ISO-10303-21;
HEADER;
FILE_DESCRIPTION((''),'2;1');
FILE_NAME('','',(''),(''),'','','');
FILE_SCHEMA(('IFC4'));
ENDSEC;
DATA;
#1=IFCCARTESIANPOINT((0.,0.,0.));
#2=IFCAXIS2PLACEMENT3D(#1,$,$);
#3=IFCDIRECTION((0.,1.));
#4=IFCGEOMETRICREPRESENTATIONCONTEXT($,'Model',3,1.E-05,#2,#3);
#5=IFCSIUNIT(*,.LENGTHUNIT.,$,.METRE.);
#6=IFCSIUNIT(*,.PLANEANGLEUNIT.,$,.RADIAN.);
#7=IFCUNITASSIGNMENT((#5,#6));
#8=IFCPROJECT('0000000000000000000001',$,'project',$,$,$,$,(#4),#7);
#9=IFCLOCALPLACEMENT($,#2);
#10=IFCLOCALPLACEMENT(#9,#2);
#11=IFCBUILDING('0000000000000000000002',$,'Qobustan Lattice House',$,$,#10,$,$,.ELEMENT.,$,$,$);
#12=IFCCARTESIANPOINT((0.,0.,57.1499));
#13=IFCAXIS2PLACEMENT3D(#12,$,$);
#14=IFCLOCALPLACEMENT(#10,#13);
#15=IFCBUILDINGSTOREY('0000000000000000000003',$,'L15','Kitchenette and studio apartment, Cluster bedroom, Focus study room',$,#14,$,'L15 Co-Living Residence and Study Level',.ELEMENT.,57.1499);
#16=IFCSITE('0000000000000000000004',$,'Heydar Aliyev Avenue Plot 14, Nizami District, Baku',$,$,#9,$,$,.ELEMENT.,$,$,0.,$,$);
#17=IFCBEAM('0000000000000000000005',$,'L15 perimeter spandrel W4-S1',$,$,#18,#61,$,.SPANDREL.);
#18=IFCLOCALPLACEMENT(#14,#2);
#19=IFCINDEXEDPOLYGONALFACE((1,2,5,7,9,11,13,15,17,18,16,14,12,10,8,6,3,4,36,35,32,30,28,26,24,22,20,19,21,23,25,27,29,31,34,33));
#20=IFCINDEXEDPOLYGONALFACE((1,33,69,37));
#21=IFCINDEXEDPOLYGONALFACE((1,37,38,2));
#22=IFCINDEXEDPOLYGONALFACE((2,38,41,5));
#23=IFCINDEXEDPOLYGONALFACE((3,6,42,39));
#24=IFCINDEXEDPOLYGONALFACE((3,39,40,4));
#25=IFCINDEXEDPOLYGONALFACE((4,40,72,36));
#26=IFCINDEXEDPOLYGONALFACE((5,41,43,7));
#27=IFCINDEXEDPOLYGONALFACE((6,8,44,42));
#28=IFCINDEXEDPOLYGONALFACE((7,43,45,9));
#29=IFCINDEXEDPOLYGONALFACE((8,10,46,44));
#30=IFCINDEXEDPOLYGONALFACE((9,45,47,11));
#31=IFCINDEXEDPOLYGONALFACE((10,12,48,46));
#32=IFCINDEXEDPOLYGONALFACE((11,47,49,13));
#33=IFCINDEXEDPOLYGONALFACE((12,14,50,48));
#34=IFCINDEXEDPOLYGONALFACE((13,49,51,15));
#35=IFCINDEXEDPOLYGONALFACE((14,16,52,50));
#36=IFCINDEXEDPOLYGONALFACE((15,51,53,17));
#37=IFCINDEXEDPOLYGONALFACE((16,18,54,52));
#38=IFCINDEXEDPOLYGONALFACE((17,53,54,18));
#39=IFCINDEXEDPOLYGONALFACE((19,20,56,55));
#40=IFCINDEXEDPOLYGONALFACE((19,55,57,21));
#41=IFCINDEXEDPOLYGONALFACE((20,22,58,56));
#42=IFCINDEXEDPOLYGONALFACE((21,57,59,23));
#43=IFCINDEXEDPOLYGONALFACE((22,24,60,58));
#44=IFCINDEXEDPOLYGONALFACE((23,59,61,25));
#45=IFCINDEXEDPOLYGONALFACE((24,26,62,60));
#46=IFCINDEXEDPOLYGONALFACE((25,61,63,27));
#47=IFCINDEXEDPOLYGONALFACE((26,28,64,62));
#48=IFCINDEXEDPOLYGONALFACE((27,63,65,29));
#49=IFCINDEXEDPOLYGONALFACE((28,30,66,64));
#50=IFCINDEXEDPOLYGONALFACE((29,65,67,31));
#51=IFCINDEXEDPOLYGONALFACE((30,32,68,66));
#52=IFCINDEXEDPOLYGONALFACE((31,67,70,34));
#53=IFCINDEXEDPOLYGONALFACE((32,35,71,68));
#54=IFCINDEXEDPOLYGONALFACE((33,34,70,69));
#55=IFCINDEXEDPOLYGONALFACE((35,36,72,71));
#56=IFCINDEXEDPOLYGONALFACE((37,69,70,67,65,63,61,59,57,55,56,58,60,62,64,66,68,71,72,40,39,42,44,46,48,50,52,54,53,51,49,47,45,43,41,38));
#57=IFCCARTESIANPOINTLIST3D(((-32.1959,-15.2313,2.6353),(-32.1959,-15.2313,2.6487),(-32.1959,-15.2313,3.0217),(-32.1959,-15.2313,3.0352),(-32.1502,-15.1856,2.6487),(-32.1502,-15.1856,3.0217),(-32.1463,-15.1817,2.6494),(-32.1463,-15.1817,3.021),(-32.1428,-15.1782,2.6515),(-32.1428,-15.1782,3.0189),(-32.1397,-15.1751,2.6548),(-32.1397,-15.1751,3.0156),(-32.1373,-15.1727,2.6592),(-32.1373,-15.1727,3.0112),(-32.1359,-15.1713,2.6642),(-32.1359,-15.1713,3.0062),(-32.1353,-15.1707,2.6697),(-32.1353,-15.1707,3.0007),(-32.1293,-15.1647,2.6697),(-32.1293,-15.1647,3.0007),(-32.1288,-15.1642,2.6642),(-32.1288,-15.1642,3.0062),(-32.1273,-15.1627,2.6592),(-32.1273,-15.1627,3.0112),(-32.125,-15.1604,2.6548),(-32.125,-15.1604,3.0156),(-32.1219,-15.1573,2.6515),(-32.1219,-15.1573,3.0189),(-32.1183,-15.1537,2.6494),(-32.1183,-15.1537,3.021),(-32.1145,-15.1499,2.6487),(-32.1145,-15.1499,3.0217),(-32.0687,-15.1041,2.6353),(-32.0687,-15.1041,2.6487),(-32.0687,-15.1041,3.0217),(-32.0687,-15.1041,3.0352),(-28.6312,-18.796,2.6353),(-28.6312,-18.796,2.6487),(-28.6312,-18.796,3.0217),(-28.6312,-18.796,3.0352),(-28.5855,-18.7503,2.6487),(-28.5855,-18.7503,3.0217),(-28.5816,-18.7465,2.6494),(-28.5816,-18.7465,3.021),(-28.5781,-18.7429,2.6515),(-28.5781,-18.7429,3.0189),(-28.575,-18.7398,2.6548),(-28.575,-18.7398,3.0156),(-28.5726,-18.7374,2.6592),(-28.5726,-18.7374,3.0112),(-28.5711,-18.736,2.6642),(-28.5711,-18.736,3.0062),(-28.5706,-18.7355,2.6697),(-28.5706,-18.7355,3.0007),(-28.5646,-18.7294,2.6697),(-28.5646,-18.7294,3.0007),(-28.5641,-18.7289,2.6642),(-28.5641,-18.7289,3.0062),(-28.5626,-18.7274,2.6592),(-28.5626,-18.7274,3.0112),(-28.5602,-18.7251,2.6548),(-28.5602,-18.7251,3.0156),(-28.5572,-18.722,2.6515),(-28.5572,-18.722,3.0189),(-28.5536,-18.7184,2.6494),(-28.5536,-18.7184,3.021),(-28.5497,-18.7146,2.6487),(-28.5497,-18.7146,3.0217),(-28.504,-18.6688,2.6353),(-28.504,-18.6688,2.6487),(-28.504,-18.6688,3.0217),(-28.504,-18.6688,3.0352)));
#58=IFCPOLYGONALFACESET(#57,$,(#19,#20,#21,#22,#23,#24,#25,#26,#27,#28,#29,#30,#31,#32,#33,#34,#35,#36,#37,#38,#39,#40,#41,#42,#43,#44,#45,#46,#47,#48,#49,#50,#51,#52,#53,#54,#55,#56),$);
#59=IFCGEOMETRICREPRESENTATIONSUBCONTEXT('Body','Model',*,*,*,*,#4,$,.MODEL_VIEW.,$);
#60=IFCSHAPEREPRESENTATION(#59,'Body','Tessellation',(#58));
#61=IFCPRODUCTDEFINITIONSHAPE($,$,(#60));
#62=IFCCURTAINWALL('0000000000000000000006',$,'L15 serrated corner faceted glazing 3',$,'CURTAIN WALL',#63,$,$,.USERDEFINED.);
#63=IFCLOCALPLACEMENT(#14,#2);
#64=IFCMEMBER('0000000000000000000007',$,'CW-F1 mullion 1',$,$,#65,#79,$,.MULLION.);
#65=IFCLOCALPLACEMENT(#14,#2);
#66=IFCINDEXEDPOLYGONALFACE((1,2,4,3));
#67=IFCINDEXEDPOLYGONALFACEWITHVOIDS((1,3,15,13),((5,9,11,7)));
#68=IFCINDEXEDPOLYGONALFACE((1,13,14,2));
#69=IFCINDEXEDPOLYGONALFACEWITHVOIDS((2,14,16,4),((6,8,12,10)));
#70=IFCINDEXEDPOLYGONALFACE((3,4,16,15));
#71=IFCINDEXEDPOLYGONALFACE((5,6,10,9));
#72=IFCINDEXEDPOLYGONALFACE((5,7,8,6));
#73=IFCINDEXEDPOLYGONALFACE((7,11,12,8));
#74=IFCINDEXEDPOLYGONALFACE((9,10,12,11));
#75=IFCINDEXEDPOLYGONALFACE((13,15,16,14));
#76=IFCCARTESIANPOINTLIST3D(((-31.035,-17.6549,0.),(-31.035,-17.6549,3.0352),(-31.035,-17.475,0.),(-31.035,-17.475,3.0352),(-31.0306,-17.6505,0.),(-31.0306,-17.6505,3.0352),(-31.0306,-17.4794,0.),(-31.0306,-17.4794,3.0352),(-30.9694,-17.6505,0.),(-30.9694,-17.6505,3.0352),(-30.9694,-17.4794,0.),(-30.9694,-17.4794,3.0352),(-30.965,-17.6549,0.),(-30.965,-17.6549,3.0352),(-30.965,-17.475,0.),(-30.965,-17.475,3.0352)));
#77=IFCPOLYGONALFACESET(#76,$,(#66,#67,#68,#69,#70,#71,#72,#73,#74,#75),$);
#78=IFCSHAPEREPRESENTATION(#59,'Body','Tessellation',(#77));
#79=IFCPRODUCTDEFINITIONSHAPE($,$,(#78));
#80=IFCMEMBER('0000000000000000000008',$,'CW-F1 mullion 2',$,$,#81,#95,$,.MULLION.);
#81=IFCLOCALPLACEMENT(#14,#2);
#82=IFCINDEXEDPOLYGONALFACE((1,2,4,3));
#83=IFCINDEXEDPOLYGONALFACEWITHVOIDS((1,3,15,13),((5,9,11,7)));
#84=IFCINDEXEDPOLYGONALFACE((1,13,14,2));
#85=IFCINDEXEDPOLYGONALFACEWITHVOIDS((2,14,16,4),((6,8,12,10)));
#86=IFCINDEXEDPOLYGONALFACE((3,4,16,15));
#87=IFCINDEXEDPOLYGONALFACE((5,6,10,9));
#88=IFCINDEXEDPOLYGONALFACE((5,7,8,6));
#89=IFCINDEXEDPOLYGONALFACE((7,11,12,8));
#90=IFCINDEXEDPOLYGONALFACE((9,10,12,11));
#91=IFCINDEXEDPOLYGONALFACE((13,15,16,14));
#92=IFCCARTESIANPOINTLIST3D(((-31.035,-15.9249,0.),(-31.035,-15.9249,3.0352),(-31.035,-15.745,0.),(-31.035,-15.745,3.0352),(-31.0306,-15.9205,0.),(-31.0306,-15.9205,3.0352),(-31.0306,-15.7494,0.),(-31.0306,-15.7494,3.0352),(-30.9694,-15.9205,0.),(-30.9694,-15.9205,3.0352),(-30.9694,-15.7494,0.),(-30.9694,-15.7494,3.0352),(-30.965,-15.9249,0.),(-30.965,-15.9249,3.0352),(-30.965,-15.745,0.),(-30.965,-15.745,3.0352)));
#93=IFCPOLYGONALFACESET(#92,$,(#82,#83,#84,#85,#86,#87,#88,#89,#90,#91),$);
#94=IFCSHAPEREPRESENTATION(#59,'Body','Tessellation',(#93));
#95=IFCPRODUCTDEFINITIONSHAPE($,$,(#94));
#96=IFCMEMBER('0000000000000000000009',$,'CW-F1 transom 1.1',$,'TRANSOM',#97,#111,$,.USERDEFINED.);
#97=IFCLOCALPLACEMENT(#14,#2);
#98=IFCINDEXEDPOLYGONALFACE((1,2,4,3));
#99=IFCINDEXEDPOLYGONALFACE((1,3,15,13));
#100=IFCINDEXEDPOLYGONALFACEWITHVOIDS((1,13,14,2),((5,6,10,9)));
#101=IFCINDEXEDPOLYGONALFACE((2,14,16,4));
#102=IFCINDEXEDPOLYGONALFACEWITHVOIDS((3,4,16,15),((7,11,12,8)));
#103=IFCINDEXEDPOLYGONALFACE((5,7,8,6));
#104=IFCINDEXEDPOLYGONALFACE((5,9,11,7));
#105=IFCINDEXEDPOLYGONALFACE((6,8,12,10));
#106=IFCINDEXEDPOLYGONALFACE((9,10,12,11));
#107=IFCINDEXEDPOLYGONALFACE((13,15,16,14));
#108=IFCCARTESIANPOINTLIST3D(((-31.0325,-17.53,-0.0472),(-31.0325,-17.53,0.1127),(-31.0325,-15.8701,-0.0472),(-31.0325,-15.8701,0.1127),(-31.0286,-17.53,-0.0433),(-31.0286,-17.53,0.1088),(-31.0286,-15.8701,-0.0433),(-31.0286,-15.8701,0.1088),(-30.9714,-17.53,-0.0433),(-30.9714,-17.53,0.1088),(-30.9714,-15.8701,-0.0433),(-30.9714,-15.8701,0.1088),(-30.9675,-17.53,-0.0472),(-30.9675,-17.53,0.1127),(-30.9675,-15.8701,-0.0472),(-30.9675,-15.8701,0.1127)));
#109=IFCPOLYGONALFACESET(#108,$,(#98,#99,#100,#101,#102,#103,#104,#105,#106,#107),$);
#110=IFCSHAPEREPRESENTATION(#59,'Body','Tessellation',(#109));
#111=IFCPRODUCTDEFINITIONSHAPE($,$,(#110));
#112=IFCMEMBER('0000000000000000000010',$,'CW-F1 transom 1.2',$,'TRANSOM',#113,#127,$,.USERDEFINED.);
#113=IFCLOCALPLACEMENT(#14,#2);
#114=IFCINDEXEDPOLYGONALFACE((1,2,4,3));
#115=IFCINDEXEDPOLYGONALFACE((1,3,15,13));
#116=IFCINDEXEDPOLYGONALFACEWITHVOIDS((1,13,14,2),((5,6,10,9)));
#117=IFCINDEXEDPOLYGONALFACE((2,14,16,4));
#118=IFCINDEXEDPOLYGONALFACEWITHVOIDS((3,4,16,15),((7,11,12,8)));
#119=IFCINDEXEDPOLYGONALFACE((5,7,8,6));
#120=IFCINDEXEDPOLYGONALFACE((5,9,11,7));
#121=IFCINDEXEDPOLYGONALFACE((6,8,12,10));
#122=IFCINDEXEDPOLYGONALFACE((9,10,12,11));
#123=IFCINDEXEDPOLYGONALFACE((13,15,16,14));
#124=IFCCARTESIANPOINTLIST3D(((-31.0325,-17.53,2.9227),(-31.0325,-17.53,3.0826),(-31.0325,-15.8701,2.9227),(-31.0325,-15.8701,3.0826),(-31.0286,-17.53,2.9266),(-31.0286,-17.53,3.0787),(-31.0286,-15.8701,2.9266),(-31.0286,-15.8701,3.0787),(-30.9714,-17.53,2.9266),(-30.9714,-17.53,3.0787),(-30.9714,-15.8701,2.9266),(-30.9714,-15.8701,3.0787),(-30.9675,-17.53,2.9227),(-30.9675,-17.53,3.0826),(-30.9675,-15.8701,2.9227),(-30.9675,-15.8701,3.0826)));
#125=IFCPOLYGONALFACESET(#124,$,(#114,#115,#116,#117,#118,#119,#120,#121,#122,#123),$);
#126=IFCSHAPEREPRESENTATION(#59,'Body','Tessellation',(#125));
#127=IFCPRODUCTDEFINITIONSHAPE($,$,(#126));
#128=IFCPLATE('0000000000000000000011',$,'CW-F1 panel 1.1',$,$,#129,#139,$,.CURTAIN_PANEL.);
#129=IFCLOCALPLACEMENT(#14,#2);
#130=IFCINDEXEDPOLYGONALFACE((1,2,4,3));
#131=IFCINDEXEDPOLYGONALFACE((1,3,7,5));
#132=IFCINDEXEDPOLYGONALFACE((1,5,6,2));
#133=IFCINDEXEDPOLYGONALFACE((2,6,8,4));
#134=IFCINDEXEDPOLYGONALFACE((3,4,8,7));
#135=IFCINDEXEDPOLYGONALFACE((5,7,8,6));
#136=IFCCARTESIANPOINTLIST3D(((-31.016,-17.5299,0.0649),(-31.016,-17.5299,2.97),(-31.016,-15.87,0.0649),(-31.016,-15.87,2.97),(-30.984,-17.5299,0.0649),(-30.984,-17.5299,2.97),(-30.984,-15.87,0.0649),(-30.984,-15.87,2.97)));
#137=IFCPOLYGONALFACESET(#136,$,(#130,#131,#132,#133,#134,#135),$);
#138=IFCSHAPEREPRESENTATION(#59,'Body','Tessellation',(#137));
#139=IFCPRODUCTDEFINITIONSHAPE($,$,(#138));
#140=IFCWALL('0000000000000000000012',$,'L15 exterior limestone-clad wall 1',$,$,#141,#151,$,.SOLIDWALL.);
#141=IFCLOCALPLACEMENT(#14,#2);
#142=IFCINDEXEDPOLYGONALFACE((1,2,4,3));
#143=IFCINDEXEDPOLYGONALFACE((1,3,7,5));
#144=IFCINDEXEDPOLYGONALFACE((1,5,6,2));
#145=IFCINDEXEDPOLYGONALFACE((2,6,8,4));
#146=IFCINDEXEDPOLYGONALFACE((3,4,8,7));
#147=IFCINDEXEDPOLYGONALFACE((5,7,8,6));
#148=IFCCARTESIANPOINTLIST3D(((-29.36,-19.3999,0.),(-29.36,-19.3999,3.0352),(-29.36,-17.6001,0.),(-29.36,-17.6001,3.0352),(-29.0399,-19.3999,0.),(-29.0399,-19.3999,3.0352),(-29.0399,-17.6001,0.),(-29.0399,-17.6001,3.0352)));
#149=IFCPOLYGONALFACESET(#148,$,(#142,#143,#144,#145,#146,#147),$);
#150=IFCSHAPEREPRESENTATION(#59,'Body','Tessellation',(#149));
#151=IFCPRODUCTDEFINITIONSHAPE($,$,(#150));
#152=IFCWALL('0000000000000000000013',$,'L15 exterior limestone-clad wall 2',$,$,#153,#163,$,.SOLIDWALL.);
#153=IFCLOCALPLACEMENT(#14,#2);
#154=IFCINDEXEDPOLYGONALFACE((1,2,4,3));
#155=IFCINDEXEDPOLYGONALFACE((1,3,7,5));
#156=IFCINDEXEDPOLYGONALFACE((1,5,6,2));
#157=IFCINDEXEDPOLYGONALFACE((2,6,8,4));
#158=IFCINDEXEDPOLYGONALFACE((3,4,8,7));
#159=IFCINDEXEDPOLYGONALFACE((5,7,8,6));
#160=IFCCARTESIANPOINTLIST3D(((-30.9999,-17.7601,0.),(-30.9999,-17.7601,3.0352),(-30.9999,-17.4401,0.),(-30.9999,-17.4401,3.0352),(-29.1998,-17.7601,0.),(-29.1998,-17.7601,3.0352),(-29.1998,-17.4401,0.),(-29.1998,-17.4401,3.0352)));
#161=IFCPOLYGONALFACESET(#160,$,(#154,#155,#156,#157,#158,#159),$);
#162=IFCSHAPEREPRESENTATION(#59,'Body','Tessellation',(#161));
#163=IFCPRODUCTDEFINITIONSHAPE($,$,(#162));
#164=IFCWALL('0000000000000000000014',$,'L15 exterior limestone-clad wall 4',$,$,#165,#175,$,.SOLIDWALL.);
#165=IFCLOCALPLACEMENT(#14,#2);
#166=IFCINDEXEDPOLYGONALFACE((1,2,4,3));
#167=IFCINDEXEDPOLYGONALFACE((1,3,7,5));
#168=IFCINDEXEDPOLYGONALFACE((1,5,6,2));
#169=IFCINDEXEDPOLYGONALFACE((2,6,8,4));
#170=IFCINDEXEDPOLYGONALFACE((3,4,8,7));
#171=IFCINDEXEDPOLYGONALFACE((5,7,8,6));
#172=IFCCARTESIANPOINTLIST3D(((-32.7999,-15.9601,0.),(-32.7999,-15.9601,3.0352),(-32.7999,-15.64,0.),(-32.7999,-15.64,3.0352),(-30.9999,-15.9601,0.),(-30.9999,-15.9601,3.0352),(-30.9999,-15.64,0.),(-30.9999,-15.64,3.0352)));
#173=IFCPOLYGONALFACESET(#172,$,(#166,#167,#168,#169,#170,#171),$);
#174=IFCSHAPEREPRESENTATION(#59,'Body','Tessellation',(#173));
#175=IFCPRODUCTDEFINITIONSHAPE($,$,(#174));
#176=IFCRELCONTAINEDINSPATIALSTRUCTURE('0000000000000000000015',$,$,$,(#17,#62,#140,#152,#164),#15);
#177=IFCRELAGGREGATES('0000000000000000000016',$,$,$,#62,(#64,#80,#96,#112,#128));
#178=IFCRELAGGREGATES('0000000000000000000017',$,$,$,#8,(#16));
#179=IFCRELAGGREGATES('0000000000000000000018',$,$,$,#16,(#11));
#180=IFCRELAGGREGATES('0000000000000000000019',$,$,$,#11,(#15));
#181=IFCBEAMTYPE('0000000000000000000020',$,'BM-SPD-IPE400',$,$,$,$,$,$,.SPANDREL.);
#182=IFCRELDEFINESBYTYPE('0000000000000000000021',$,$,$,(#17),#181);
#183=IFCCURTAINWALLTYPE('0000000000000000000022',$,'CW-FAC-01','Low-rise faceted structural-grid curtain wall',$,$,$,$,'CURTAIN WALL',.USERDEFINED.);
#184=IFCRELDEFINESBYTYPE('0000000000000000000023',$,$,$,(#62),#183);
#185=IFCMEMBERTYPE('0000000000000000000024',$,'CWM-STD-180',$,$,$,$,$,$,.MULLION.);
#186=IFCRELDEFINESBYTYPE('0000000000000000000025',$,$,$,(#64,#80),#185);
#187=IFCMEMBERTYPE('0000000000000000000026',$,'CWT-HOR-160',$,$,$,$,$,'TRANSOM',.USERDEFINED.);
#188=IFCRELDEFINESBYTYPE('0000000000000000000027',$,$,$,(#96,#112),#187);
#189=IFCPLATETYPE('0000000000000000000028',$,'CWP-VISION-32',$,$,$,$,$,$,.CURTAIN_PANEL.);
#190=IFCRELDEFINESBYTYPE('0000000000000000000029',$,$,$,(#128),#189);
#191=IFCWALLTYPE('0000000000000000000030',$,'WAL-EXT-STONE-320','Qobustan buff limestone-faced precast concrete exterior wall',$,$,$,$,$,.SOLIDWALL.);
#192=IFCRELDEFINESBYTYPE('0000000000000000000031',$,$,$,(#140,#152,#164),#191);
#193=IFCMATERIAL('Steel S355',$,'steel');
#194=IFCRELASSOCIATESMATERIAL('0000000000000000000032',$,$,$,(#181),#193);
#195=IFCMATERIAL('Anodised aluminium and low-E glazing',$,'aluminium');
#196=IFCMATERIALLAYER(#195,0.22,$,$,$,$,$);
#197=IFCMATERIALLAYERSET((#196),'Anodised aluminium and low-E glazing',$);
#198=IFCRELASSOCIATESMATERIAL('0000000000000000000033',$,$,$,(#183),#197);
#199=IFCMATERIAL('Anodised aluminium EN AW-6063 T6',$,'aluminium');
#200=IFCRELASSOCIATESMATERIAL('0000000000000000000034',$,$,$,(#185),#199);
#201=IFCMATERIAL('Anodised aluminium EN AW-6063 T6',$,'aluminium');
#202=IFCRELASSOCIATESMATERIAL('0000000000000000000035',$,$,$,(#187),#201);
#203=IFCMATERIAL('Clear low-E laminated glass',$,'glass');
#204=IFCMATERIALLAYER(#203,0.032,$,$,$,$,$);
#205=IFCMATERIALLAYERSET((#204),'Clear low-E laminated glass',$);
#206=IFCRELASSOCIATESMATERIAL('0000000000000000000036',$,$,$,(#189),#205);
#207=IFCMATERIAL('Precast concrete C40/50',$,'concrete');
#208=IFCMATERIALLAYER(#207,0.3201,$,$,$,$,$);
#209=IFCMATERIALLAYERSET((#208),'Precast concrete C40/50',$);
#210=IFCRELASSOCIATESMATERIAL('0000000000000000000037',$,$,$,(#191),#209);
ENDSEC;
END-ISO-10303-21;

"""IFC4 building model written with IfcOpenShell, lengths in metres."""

from ifc_helpers import new_model, si_unit, direction, frame, frame_2d, origin, origin_2d, place, context, subcontext, project, spatial, rectangle, hollow_rectangle, i_section, extrude, material, layer, layer_set, material_profile, profile_set, type_object, element, aggregate, save


model = new_model("IFC4")

# Units and contexts
model_context = context("Model", 3, precision=1e-05, world=origin(), true_north=direction((0.0, 1.0)))
body_context = subcontext(model_context, "Body", "Model", "MODEL_VIEW")
ifc_project = project(units=[si_unit("LENGTHUNIT", "METRE"), si_unit("PLANEANGLEUNIT", "RADIAN")], contexts=[model_context])

# Site, building, storey
site_placement = place(None, origin())
site = spatial("IfcSite", under=ifc_project, at=site_placement, Name="Heydar Aliyev Avenue Plot 14, Nizami District, Baku", CompositionType="ELEMENT", RefElevation=0.0)
building_placement = place(site_placement, origin())
building = spatial("IfcBuilding", under=site, at=building_placement, Name="Qobustan Lattice House", CompositionType="ELEMENT")
storey_placement = place(building_placement, frame((0.0, 0.0, 57.1499)))
storey = spatial("IfcBuildingStorey", under=building, at=storey_placement, Name="L15", Description="Kitchenette and studio apartment, Cluster bedroom, Focus study room", LongName="L15 Co-Living Residence and Study Level", CompositionType="ELEMENT", Elevation=57.1499)

# Beam
ifc_material_1 = material(Name="Steel S355", Category="steel")
ifc_material_profile_1 = material_profile(ifc_material_1, i_section(OverallWidth=0.1799, OverallDepth=0.3999, WebThickness=0.0085, FlangeThickness=0.0134, FilletRadius=0.021, at=origin_2d()), Name="IPE400")
ifc_profile_set_1 = profile_set([ifc_material_profile_1], Name="Steel S355")
beam_type_1 = type_object("IfcBeamType", Name="BM-SPD-IPE400", PredefinedType="SPANDREL", material=ifc_profile_set_1)
beam_1_placement = place(storey_placement, frame((-32.1323, -15.1677, 2.8352), z_axis=(0.707107, -0.707107, 0.0), x_axis=(0.707107, 0.707107, 0.0)))
element("IfcBeam", 1, at=beam_1_placement, inside=storey, type_object=beam_type_1, Name="L15 perimeter spandrel W4-S1", PredefinedType="SPANDREL", context=body_context, shape_type="SweptSolid", body=[
    extrude(i_section(OverallWidth=0.1799, OverallDepth=0.3999, WebThickness=0.0085, FlangeThickness=0.0134, FilletRadius=0.021, at=origin_2d()), origin(), (0.0, 0.0, 1.0), 5.0413),
])

# Curtain wall, members, plate
ifc_material_2 = material(Name="Anodised aluminium and low-E glazing", Category="aluminium")
ifc_layer_1 = layer(ifc_material_2, 0.22)
ifc_layer_set_1 = layer_set([ifc_layer_1], Name="Anodised aluminium and low-E glazing")
curtain_wall_type = type_object("IfcCurtainWallType", Name="CW-FAC-01", Description="Low-rise faceted structural-grid curtain wall", ElementType="CURTAIN WALL", PredefinedType="USERDEFINED", material=ifc_layer_set_1)
curtain_wall_placement = place(storey_placement, origin())
curtain_wall = element("IfcCurtainWall", 2, at=curtain_wall_placement, inside=storey, type_object=curtain_wall_type, Name="L15 serrated corner faceted glazing 3", ObjectType="CURTAIN WALL", PredefinedType="USERDEFINED")
ifc_material_3 = material(Name="Anodised aluminium EN AW-6063 T6", Category="aluminium")
ifc_material_profile_2 = material_profile(ifc_material_3, hollow_rectangle(XDim=0.0701, YDim=0.1799, WallThickness=0.0044, at=origin_2d()), Name="CWM-180x70")
ifc_profile_set_2 = profile_set([ifc_material_profile_2], Name="Anodised aluminium EN AW-6063 T6")
member_type_1 = type_object("IfcMemberType", Name="CWM-STD-180", PredefinedType="MULLION", material=ifc_profile_set_2)
member_1_placement = place(storey_placement, frame((-31.0, -17.5649, 0.0), z_axis=(0.0, 0.0, 1.0), x_axis=(-1.0, 0.0, 0.0)))
member_1 = element("IfcMember", 3, at=member_1_placement, type_object=member_type_1, Name="CW-F1 mullion 1", PredefinedType="MULLION", context=body_context, shape_type="SweptSolid", body=[
    extrude(hollow_rectangle(XDim=0.0701, YDim=0.1799, WallThickness=0.0044, at=origin_2d()), origin(), (0.0, 0.0, 1.0), 3.0352),
])
member_2_placement = place(storey_placement, frame((-31.0, -15.835, 0.0), z_axis=(0.0, 0.0, 1.0), x_axis=(-1.0, 0.0, 0.0)))
member_2 = element("IfcMember", 4, at=member_2_placement, type_object=member_type_1, Name="CW-F1 mullion 2", PredefinedType="MULLION", context=body_context, shape_type="SweptSolid", body=[
    extrude(hollow_rectangle(XDim=0.0701, YDim=0.1799, WallThickness=0.0044, at=origin_2d()), origin(), (0.0, 0.0, 1.0), 3.0352),
])
ifc_material_4 = material(Name="Anodised aluminium EN AW-6063 T6", Category="aluminium")
ifc_material_profile_3 = material_profile(ifc_material_4, hollow_rectangle(XDim=0.0649, YDim=0.1599, WallThickness=0.0039, at=origin_2d()), Name="CWT-160x65")
ifc_profile_set_3 = profile_set([ifc_material_profile_3], Name="Anodised aluminium EN AW-6063 T6")
member_type_2 = type_object("IfcMemberType", Name="CWT-HOR-160", ElementType="TRANSOM", PredefinedType="USERDEFINED", material=ifc_profile_set_3)
member_3_placement = place(storey_placement, frame((-31.0, -17.53, 0.0327), z_axis=(0.0, 1.0, 0.0), x_axis=(-1.0, 0.0, 0.0)))
member_3 = element("IfcMember", 5, at=member_3_placement, type_object=member_type_2, Name="CW-F1 transom 1.1", ObjectType="TRANSOM", PredefinedType="USERDEFINED", context=body_context, shape_type="SweptSolid", body=[
    extrude(hollow_rectangle(XDim=0.0649, YDim=0.1599, WallThickness=0.0039, at=origin_2d()), origin(), (0.0, 0.0, 1.0), 1.6599),
])
member_4_placement = place(storey_placement, frame((-31.0, -17.53, 3.0027), z_axis=(0.0, 1.0, 0.0), x_axis=(-1.0, 0.0, 0.0)))
member_4 = element("IfcMember", 6, at=member_4_placement, type_object=member_type_2, Name="CW-F1 transom 1.2", ObjectType="TRANSOM", PredefinedType="USERDEFINED", context=body_context, shape_type="SweptSolid", body=[
    extrude(hollow_rectangle(XDim=0.0649, YDim=0.1599, WallThickness=0.0039, at=origin_2d()), origin(), (0.0, 0.0, 1.0), 1.6599),
])
ifc_material_5 = material(Name="Clear low-E laminated glass", Category="glass")
ifc_layer_2 = layer(ifc_material_5, 0.032)
ifc_layer_set_2 = layer_set([ifc_layer_2], Name="Clear low-E laminated glass")
plate_type = type_object("IfcPlateType", Name="CWP-VISION-32", PredefinedType="CURTAIN_PANEL", material=ifc_layer_set_2)
plate_placement = place(storey_placement, frame((-31.0, -16.7, 0.0649), z_axis=(0.0, 0.0, 1.0), x_axis=(0.0, 1.0, 0.0)))
plate = element("IfcPlate", 7, at=plate_placement, type_object=plate_type, Name="CW-F1 panel 1.1", PredefinedType="CURTAIN_PANEL", context=body_context, shape_type="SweptSolid", body=[
    extrude(rectangle(XDim=1.6599, YDim=0.032, at=origin_2d()), origin(), (0.0, 0.0, 1.0), 2.905),
])
aggregate(curtain_wall, [member_1, member_2, member_3, member_4, plate])

# Walls
ifc_material_6 = material(Name="Precast concrete C40/50", Category="concrete")
ifc_layer_3 = layer(ifc_material_6, 0.3201)
ifc_layer_set_3 = layer_set([ifc_layer_3], Name="Precast concrete C40/50")
wall_type_1 = type_object("IfcWallType", Name="WAL-EXT-STONE-320", Description="Qobustan buff limestone-faced precast concrete exterior wall", PredefinedType="SOLIDWALL", material=ifc_layer_set_3)
wall_1_placement = place(storey_placement, frame((-29.2, -19.3999, 0.0), z_axis=(0.0, 0.0, 1.0), x_axis=(0.0, 1.0, 0.0)))
element("IfcWall", 8, at=wall_1_placement, inside=storey, type_object=wall_type_1, Name="L15 exterior limestone-clad wall 1", PredefinedType="SOLIDWALL", context=body_context, shape_type="SweptSolid", body=[
    extrude(rectangle(XDim=1.7998, YDim=0.3201, at=frame_2d((0.8999, 0.0))), origin(), (0.0, 0.0, 1.0), 3.0352),
])
for number, where, z_axis, x_axis, name in (
    (9, (-29.2, -17.6001, 0.0), (0.0, 0.0, 1.0), (-1.0, 0.0, 0.0), "L15 exterior limestone-clad wall 2"),
    (10, (-31.0, -15.8, 0.0), (0.0, 0.0, 1.0), (-1.0, 0.0, 0.0), "L15 exterior limestone-clad wall 4"),
):
    element("IfcWall", number, at=place(storey_placement, frame(where, z_axis=z_axis, x_axis=x_axis)), inside=storey, type_object=wall_type_1, Name=name, PredefinedType="SOLIDWALL", context=body_context, shape_type="SweptSolid", body=[
        extrude(rectangle(XDim=1.8, YDim=0.3201, at=frame_2d((0.8999, 0.0))), origin(), (0.0, 0.0, 1.0), 3.0352),
    ])

save(model, "model.ifc")
